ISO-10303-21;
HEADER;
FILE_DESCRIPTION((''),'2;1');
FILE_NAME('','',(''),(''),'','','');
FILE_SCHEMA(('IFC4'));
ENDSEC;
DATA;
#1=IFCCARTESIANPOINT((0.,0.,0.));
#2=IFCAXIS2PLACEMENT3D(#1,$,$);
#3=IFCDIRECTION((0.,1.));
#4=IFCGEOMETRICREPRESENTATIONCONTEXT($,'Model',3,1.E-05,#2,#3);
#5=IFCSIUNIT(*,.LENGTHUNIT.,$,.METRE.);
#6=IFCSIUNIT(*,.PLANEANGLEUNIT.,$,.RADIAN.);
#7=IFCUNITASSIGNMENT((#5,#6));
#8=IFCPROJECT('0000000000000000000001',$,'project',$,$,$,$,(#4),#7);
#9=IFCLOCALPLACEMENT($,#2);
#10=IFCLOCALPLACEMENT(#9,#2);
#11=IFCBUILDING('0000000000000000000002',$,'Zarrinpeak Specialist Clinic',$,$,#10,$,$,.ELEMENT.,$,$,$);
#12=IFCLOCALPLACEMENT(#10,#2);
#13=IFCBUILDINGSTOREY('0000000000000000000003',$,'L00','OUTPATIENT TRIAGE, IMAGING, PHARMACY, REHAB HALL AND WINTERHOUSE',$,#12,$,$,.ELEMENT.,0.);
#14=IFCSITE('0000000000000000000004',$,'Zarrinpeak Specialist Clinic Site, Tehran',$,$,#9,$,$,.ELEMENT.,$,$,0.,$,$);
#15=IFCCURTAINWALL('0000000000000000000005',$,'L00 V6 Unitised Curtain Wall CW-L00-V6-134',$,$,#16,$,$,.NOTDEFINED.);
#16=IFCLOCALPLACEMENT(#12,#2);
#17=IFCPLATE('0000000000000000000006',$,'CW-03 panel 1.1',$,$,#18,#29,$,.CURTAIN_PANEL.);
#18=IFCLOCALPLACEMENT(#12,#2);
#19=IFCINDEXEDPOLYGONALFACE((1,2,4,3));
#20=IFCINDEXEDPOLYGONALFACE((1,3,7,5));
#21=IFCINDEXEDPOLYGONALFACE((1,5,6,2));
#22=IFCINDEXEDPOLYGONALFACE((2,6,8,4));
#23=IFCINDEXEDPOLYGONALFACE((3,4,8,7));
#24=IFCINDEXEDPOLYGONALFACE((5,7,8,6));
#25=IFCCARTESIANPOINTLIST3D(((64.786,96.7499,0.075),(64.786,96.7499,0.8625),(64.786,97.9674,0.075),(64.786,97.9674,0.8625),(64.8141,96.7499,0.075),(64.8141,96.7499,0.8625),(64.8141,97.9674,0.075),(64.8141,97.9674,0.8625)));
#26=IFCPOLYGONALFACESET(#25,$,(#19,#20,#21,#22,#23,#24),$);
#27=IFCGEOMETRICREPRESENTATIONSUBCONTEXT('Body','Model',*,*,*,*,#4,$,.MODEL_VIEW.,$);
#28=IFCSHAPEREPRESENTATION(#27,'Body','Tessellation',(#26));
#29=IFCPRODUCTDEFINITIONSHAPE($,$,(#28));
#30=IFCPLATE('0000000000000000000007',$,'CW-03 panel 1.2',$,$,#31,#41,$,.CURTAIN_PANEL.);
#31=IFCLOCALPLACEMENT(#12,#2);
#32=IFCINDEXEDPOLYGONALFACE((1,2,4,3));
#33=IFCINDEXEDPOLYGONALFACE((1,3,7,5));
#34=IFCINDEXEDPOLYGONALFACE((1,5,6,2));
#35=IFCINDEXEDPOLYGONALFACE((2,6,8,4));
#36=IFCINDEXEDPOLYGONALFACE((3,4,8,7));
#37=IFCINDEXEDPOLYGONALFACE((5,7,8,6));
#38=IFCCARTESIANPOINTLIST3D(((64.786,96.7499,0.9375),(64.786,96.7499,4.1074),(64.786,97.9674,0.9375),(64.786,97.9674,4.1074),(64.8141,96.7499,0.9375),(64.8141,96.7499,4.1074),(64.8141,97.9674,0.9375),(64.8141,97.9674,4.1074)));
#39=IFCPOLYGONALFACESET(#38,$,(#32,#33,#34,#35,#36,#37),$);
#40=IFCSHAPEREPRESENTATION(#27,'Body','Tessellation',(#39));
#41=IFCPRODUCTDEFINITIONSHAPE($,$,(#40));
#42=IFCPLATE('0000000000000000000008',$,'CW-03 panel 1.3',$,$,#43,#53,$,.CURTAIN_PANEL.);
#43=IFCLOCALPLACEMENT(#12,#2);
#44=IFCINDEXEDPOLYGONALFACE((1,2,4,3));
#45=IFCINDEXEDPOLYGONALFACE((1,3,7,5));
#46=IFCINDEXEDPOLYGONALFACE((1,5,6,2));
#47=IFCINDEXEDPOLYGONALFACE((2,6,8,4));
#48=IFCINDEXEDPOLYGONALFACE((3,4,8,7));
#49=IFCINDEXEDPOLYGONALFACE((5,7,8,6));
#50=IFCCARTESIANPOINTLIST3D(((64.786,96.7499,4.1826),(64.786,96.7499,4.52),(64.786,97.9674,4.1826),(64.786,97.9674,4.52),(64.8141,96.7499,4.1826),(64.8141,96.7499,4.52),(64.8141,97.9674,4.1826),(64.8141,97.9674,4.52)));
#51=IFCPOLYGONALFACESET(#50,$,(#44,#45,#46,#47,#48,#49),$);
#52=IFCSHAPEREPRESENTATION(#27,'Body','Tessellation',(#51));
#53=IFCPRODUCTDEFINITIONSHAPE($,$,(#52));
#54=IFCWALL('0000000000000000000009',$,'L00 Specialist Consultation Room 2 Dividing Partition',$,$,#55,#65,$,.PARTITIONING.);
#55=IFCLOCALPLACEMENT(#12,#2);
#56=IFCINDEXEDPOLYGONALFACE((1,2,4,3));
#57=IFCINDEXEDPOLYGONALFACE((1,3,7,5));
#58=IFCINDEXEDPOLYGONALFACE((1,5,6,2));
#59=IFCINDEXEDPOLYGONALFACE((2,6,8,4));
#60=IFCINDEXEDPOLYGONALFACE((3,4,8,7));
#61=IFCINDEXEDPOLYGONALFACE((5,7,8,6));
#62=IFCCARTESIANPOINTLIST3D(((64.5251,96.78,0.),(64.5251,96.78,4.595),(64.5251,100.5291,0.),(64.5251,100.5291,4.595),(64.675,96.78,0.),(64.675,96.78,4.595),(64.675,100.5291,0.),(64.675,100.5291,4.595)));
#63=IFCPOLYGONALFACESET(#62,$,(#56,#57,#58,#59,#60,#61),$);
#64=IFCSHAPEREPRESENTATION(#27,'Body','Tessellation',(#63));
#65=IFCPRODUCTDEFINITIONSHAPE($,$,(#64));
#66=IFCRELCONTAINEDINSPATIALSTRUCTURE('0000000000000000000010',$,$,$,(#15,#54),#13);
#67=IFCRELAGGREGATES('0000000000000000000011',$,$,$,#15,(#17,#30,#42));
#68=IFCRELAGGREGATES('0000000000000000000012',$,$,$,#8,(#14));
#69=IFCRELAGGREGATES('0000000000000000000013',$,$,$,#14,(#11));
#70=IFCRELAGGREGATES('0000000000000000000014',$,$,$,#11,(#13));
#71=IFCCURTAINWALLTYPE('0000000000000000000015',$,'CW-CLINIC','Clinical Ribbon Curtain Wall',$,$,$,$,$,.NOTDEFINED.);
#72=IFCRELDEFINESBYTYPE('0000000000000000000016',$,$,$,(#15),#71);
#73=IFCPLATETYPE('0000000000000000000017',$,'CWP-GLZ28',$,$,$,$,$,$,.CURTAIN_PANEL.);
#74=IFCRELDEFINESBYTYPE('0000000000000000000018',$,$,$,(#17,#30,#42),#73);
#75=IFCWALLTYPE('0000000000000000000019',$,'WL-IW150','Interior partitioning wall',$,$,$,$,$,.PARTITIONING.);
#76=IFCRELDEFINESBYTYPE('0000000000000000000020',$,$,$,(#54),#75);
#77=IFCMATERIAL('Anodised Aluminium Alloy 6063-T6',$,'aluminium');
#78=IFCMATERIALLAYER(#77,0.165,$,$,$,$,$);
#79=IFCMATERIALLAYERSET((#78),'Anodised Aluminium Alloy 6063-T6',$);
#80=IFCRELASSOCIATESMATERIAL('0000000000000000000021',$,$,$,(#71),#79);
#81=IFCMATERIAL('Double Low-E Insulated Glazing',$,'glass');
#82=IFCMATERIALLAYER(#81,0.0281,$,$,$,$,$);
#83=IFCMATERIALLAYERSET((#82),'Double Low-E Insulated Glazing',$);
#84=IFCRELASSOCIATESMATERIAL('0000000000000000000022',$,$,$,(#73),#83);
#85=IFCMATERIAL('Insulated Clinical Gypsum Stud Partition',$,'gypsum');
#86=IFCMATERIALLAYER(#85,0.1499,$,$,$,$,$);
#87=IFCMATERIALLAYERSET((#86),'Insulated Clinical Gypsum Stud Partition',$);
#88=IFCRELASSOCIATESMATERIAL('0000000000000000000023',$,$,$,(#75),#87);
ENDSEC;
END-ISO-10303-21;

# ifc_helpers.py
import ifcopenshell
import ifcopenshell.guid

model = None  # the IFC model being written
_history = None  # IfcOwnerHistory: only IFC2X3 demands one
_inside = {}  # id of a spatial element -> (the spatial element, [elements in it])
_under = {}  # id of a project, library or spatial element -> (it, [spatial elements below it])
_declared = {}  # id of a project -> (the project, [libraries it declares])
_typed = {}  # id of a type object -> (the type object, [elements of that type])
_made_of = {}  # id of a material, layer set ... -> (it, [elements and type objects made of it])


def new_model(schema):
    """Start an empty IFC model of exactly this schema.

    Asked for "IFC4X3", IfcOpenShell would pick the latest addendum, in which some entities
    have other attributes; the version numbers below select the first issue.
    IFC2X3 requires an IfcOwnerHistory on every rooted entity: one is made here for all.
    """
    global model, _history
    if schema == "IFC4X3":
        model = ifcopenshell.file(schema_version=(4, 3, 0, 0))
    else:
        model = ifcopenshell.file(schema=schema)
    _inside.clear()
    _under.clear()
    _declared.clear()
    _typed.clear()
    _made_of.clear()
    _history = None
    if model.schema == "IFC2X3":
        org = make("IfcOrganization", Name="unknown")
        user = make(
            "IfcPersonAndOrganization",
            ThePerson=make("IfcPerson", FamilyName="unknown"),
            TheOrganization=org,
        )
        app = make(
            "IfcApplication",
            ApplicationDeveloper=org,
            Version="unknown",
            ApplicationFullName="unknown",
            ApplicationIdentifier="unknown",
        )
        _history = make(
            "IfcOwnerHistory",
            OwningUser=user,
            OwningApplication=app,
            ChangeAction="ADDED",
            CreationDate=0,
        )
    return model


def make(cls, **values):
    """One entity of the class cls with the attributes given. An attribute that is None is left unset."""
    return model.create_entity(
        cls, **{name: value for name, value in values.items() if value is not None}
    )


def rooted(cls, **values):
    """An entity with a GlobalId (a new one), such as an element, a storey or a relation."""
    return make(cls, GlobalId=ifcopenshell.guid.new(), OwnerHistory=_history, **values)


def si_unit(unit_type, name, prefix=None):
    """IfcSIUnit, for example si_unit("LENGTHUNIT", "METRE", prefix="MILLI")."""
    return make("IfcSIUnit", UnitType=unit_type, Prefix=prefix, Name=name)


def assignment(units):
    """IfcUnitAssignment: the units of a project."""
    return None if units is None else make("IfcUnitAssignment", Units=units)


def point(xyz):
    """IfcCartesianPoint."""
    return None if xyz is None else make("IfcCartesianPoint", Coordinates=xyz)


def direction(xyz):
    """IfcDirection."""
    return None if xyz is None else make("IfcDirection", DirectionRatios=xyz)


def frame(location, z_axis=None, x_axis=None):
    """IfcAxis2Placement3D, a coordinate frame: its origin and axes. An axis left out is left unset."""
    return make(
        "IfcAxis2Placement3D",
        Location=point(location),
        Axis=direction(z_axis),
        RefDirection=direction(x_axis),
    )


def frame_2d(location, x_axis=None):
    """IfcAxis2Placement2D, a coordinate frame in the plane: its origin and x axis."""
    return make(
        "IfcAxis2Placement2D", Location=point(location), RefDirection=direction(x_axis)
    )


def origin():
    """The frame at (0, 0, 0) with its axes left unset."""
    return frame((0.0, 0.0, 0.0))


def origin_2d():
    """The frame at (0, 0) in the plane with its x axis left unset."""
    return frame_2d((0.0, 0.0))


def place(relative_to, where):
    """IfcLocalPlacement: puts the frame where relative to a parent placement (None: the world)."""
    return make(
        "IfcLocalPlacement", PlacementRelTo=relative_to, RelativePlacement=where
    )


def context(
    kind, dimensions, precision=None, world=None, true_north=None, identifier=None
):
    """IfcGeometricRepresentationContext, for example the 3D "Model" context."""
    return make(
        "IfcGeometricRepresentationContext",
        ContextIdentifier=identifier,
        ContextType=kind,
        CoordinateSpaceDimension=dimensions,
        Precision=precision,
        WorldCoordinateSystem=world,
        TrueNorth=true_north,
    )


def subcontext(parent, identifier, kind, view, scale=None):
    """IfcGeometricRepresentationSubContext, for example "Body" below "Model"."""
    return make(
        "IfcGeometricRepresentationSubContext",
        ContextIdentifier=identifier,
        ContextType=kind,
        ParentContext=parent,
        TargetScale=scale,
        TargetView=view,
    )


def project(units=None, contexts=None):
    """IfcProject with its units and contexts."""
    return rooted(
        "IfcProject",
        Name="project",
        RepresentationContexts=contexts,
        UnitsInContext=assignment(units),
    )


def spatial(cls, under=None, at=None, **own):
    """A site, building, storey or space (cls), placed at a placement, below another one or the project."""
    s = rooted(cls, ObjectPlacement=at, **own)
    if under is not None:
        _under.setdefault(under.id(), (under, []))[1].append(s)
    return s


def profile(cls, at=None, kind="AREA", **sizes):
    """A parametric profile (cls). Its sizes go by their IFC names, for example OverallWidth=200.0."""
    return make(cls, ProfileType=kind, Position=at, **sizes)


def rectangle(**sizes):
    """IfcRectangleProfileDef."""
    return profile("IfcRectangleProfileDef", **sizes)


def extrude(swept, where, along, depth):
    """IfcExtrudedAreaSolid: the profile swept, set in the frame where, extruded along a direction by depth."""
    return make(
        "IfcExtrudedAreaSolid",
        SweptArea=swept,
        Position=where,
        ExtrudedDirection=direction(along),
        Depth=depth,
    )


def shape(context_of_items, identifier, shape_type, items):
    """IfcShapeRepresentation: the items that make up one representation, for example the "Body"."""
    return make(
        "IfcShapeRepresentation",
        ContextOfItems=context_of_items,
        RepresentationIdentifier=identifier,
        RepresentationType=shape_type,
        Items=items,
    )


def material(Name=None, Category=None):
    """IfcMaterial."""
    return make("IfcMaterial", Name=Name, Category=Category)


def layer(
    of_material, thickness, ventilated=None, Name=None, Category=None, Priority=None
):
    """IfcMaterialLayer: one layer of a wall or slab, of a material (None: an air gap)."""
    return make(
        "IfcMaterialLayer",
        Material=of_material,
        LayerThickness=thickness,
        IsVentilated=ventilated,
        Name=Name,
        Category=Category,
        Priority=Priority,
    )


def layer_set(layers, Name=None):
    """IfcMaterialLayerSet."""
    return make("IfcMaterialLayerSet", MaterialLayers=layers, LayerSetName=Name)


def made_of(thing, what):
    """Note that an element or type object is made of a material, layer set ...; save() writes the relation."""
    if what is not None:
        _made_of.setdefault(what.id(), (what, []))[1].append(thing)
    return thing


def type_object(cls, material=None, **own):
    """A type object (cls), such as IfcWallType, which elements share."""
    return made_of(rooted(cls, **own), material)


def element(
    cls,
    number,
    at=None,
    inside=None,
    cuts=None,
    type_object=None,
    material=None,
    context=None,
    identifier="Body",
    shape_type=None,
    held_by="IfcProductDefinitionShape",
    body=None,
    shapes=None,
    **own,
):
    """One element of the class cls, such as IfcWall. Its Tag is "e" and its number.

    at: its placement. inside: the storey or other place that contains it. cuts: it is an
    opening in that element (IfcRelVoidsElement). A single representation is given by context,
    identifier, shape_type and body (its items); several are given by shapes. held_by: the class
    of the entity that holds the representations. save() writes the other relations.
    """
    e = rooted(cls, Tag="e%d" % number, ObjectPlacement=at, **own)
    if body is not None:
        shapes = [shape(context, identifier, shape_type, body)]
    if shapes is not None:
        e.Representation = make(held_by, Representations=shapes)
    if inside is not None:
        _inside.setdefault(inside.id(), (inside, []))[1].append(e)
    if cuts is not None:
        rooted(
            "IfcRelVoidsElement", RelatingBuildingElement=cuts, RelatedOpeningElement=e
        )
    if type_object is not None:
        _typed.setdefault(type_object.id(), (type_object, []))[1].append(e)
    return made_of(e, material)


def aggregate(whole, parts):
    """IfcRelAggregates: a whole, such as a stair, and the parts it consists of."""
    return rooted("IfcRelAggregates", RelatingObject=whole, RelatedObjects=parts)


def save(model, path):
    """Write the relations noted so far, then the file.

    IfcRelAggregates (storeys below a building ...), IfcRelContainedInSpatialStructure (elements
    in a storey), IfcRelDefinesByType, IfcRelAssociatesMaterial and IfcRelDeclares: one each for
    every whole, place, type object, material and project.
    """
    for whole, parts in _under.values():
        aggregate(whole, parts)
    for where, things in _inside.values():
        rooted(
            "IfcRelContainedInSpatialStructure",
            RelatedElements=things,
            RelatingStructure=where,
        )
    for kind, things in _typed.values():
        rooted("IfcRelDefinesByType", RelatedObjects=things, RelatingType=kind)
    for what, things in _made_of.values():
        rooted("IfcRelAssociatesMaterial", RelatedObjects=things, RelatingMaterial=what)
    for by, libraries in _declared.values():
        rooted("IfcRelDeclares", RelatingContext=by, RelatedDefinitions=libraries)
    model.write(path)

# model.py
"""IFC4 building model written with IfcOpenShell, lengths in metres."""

from ifc_helpers import new_model, si_unit, direction, frame, frame_2d, origin, origin_2d, place, context, subcontext, project, spatial, rectangle, extrude, material, layer, layer_set, type_object, element, aggregate, save


model = new_model("IFC4")

# Units and contexts
model_context = context("Model", 3, precision=1e-05, world=origin(), true_north=direction((0.0, 1.0)))
body_context = subcontext(model_context, "Body", "Model", "MODEL_VIEW")
ifc_project = project(units=[si_unit("LENGTHUNIT", "METRE"), si_unit("PLANEANGLEUNIT", "RADIAN")], contexts=[model_context])

# Site, building, storey
site_placement = place(None, origin())
site = spatial("IfcSite", under=ifc_project, at=site_placement, Name="Zarrinpeak Specialist Clinic Site, Tehran", CompositionType="ELEMENT", RefElevation=0.0)
building_placement = place(site_placement, origin())
building = spatial("IfcBuilding", under=site, at=building_placement, Name="Zarrinpeak Specialist Clinic", CompositionType="ELEMENT")
storey_placement = place(building_placement, origin())
storey = spatial("IfcBuildingStorey", under=building, at=storey_placement, Name="L00", Description="OUTPATIENT TRIAGE, IMAGING, PHARMACY, REHAB HALL AND WINTERHOUSE", CompositionType="ELEMENT", Elevation=0.0)

# Curtain wall, plates
ifc_material_1 = material(Name="Anodised Aluminium Alloy 6063-T6", Category="aluminium")
ifc_layer_1 = layer(ifc_material_1, 0.165)
ifc_layer_set_1 = layer_set([ifc_layer_1], Name="Anodised Aluminium Alloy 6063-T6")
curtain_wall_type = type_object("IfcCurtainWallType", Name="CW-CLINIC", Description="Clinical Ribbon Curtain Wall", PredefinedType="NOTDEFINED", material=ifc_layer_set_1)
curtain_wall_placement = place(storey_placement, origin())
curtain_wall = element("IfcCurtainWall", 1, at=curtain_wall_placement, inside=storey, type_object=curtain_wall_type, Name="L00 V6 Unitised Curtain Wall CW-L00-V6-134", PredefinedType="NOTDEFINED")
ifc_material_2 = material(Name="Double Low-E Insulated Glazing", Category="glass")
ifc_layer_2 = layer(ifc_material_2, 0.0281)
ifc_layer_set_2 = layer_set([ifc_layer_2], Name="Double Low-E Insulated Glazing")
plate_type = type_object("IfcPlateType", Name="CWP-GLZ28", PredefinedType="CURTAIN_PANEL", material=ifc_layer_set_2)
plate_1_placement = place(storey_placement, frame((64.8, 97.3586, 0.075), z_axis=(0.0, 0.0, 1.0), x_axis=(0.0, 1.0, 0.0)))
plate_1 = element("IfcPlate", 2, at=plate_1_placement, type_object=plate_type, Name="CW-03 panel 1.1", PredefinedType="CURTAIN_PANEL", context=body_context, shape_type="SweptSolid", body=[
    extrude(rectangle(XDim=1.2175, YDim=0.0281, at=origin_2d()), origin(), (0.0, 0.0, 1.0), 0.7876),
])
plate_2_placement = place(storey_placement, frame((64.8, 97.3586, 0.9375), z_axis=(0.0, 0.0, 1.0), x_axis=(0.0, 1.0, 0.0)))
plate_2 = element("IfcPlate", 3, at=plate_2_placement, type_object=plate_type, Name="CW-03 panel 1.2", PredefinedType="CURTAIN_PANEL", context=body_context, shape_type="SweptSolid", body=[
    extrude(rectangle(XDim=1.2175, YDim=0.0281, at=origin_2d()), origin(), (0.0, 0.0, 1.0), 3.1699),
])
plate_3_placement = place(storey_placement, frame((64.8, 97.3586, 4.1826), z_axis=(0.0, 0.0, 1.0), x_axis=(0.0, 1.0, 0.0)))
plate_3 = element("IfcPlate", 4, at=plate_3_placement, type_object=plate_type, Name="CW-03 panel 1.3", PredefinedType="CURTAIN_PANEL", context=body_context, shape_type="SweptSolid", body=[
    extrude(rectangle(XDim=1.2175, YDim=0.0281, at=origin_2d()), origin(), (0.0, 0.0, 1.0), 0.3374),
])
aggregate(curtain_wall, [plate_1, plate_2, plate_3])

# Wall
ifc_material_3 = material(Name="Insulated Clinical Gypsum Stud Partition", Category="gypsum")
ifc_layer_3 = layer(ifc_material_3, 0.1499)
ifc_layer_set_3 = layer_set([ifc_layer_3], Name="Insulated Clinical Gypsum Stud Partition")
wall_type = type_object("IfcWallType", Name="WL-IW150", Description="Interior partitioning wall", PredefinedType="PARTITIONING", material=ifc_layer_set_3)
wall_placement = place(storey_placement, frame((64.6001, 96.78, 0.0), z_axis=(0.0, 0.0, 1.0), x_axis=(0.0, 1.0, 0.0)))
element("IfcWall", 5, at=wall_placement, inside=storey, type_object=wall_type, Name="L00 Specialist Consultation Room 2 Dividing Partition", PredefinedType="PARTITIONING", context=body_context, shape_type="SweptSolid", body=[
    extrude(rectangle(XDim=3.749, YDim=0.1499, at=frame_2d((1.8745, 0.0))), origin(), (0.0, 0.0, 1.0), 4.595),
])

save(model, "model.ifc")
